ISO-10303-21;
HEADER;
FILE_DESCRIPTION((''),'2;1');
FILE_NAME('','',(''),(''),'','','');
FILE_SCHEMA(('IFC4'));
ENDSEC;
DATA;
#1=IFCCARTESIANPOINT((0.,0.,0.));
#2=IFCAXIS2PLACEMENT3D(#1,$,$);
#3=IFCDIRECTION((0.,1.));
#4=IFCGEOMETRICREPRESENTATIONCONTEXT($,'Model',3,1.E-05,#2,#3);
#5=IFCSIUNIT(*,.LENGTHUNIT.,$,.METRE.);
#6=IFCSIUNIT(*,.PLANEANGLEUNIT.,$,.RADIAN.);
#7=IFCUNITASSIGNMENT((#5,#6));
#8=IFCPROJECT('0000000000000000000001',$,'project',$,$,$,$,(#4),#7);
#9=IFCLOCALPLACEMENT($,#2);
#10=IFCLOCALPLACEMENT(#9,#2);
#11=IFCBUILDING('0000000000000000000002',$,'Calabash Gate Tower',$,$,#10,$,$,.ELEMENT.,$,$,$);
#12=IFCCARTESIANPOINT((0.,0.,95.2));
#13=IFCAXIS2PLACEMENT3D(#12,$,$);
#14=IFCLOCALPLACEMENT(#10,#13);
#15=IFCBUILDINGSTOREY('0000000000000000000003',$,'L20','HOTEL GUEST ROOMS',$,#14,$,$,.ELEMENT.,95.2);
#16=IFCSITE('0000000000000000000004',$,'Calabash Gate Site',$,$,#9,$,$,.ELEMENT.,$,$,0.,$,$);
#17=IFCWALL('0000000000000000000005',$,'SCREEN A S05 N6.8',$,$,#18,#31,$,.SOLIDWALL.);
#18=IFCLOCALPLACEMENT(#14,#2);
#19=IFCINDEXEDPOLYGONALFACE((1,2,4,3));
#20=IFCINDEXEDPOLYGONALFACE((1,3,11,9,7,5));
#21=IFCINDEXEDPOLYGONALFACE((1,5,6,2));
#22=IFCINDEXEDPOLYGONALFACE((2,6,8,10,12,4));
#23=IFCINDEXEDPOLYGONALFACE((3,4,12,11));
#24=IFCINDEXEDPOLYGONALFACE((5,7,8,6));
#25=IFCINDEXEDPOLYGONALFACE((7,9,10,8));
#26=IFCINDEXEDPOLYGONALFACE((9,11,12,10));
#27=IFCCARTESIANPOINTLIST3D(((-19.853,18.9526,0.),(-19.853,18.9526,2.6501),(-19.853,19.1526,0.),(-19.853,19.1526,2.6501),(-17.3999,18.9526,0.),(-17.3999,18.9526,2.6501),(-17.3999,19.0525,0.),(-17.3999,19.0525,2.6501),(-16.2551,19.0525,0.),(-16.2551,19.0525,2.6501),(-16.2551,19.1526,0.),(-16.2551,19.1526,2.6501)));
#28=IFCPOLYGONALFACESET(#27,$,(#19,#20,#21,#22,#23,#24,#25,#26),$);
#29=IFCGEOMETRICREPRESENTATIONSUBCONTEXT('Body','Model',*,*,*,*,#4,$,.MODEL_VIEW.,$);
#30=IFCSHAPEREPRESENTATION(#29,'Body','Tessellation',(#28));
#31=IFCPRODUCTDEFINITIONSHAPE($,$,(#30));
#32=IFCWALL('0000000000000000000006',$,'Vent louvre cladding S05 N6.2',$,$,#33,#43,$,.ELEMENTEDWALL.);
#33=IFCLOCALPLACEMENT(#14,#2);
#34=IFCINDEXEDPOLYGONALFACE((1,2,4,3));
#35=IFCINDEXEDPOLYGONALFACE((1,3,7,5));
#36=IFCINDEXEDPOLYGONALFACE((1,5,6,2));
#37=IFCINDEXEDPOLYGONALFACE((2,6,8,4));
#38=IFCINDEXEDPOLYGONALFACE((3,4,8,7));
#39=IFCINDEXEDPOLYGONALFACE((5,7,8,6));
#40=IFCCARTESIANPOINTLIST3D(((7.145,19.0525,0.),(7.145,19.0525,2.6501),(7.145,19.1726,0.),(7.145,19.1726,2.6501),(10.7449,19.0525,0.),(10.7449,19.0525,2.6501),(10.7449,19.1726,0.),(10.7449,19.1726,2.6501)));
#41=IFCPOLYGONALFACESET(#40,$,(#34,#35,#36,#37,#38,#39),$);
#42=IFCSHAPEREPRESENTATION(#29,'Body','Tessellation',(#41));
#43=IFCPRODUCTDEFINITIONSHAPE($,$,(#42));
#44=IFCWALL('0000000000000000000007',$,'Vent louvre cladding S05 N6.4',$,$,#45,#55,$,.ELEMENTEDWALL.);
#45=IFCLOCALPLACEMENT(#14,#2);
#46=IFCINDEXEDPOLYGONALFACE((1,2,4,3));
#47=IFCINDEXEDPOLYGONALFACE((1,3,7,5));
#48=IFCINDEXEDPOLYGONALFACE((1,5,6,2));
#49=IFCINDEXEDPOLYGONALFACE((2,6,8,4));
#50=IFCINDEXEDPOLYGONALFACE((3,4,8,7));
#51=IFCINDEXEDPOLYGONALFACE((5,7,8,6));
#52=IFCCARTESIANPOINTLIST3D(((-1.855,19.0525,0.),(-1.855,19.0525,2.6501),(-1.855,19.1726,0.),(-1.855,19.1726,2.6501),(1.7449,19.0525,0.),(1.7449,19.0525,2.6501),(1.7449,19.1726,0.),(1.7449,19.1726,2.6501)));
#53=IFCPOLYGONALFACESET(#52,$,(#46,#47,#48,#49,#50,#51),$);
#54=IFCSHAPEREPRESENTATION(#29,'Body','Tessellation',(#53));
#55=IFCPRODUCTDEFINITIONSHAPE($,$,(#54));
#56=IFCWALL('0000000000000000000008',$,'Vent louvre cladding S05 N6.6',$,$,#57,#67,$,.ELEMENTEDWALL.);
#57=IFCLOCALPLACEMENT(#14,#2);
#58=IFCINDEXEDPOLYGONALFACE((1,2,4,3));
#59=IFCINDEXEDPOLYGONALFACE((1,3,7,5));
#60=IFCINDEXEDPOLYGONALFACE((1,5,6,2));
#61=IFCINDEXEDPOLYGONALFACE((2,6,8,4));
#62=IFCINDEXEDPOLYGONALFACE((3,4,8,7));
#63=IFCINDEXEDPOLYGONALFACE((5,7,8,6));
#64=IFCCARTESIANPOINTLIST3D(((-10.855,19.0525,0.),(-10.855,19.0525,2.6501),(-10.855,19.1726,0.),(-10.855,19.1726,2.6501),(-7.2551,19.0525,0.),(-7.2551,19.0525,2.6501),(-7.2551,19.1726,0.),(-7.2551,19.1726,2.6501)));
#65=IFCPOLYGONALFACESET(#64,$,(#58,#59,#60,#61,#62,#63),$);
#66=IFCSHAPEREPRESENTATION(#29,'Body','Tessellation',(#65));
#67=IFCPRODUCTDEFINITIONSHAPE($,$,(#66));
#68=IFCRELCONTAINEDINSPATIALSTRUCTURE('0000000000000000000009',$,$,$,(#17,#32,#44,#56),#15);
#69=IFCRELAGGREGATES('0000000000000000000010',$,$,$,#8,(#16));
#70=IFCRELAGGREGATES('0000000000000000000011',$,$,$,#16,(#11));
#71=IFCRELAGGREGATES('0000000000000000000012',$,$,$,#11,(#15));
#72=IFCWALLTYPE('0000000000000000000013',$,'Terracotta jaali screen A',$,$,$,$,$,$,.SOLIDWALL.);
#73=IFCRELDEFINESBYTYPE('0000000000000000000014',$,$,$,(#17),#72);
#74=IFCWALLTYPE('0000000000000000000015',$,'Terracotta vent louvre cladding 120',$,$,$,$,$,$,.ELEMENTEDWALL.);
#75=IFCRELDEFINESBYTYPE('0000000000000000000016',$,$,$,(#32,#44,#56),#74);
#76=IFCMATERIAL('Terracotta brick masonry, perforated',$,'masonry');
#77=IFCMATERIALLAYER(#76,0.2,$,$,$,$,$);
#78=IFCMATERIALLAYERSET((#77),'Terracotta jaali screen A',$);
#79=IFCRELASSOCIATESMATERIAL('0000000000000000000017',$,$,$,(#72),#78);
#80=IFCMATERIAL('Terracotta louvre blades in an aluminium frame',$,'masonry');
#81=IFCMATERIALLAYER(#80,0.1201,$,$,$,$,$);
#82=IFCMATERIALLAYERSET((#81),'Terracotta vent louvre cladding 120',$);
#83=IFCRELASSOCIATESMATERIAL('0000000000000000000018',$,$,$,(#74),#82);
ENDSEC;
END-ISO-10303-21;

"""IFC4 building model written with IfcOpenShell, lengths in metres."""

from ifc_helpers import new_model, si_unit, direction, frame, origin, place, context, subcontext, project, spatial, polyline, outline, extrude, material, layer, layer_set, type_object, element, save


model = new_model("IFC4")

# Units and contexts
model_context = context("Model", 3, precision=1e-05, world=origin(), true_north=direction((0.0, 1.0)))
body_context = subcontext(model_context, "Body", "Model", "MODEL_VIEW")
ifc_project = project(units=[si_unit("LENGTHUNIT", "METRE"), si_unit("PLANEANGLEUNIT", "RADIAN")], contexts=[model_context])

# Site, building, storey
site_placement = place(None, origin())
site = spatial("IfcSite", under=ifc_project, at=site_placement, Name="Calabash Gate Site", CompositionType="ELEMENT", RefElevation=0.0)
building_placement = place(site_placement, origin())
building = spatial("IfcBuilding", under=site, at=building_placement, Name="Calabash Gate Tower", CompositionType="ELEMENT")
storey_placement = place(building_placement, frame((0.0, 0.0, 95.2)))
storey = spatial("IfcBuildingStorey", under=building, at=storey_placement, Name="L20", Description="HOTEL GUEST ROOMS", CompositionType="ELEMENT", Elevation=95.2)

# Walls
ifc_material_1 = material(Name="Terracotta brick masonry, perforated", Category="masonry")
ifc_layer_1 = layer(ifc_material_1, 0.2)
ifc_layer_set_1 = layer_set([ifc_layer_1], Name="Terracotta jaali screen A")
wall_type_1 = type_object("IfcWallType", Name="Terracotta jaali screen A", PredefinedType="SOLIDWALL", material=ifc_layer_set_1)
wall_1_placement = place(storey_placement, origin())
element("IfcWall", 1, at=wall_1_placement, inside=storey, type_object=wall_type_1, Name="SCREEN A S05 N6.8", PredefinedType="SOLIDWALL", context=body_context, shape_type="SweptSolid", body=[
    extrude(outline(polyline([(-16.2551, 19.0525), (-16.2551, 19.1526), (-19.853, 19.1526), (-19.853, 18.9526), (-17.3999, 18.9526), (-17.3999, 19.0525), (-16.2551, 19.0525)])), origin(), (0.0, 0.0, 1.0), 2.6501),
])
ifc_material_2 = material(Name="Terracotta louvre blades in an aluminium frame", Category="masonry")
ifc_layer_2 = layer(ifc_material_2, 0.1201)
ifc_layer_set_2 = layer_set([ifc_layer_2], Name="Terracotta vent louvre cladding 120")
wall_type_2 = type_object("IfcWallType", Name="Terracotta vent louvre cladding 120", PredefinedType="ELEMENTEDWALL", material=ifc_layer_set_2)
wall_2_placement = place(storey_placement, origin())
element("IfcWall", 2, at=wall_2_placement, inside=storey, type_object=wall_type_2, Name="Vent louvre cladding S05 N6.2", PredefinedType="ELEMENTEDWALL", context=body_context, shape_type="SweptSolid", body=[
    extrude(outline(polyline([(7.145, 19.1726), (7.145, 19.0525), (10.7449, 19.0525), (10.7449, 19.1726), (7.145, 19.1726)])), origin(), (0.0, 0.0, 1.0), 2.6501),
])
wall_3_placement = place(storey_placement, origin())
element("IfcWall", 3, at=wall_3_placement, inside=storey, type_object=wall_type_2, Name="Vent louvre cladding S05 N6.4", PredefinedType="ELEMENTEDWALL", context=body_context, shape_type="SweptSolid", body=[
    extrude(outline(polyline([(-1.855, 19.1726), (-1.855, 19.0525), (1.7449, 19.0525), (1.7449, 19.1726), (-1.855, 19.1726)])), origin(), (0.0, 0.0, 1.0), 2.6501),
])
wall_4_placement = place(storey_placement, origin())
element("IfcWall", 4, at=wall_4_placement, inside=storey, type_object=wall_type_2, Name="Vent louvre cladding S05 N6.6", PredefinedType="ELEMENTEDWALL", context=body_context, shape_type="SweptSolid", body=[
    extrude(outline(polyline([(-10.855, 19.1726), (-10.855, 19.0525), (-7.2551, 19.0525), (-7.2551, 19.1726), (-10.855, 19.1726)])), origin(), (0.0, 0.0, 1.0), 2.6501),
])

save(model, "model.ifc")
